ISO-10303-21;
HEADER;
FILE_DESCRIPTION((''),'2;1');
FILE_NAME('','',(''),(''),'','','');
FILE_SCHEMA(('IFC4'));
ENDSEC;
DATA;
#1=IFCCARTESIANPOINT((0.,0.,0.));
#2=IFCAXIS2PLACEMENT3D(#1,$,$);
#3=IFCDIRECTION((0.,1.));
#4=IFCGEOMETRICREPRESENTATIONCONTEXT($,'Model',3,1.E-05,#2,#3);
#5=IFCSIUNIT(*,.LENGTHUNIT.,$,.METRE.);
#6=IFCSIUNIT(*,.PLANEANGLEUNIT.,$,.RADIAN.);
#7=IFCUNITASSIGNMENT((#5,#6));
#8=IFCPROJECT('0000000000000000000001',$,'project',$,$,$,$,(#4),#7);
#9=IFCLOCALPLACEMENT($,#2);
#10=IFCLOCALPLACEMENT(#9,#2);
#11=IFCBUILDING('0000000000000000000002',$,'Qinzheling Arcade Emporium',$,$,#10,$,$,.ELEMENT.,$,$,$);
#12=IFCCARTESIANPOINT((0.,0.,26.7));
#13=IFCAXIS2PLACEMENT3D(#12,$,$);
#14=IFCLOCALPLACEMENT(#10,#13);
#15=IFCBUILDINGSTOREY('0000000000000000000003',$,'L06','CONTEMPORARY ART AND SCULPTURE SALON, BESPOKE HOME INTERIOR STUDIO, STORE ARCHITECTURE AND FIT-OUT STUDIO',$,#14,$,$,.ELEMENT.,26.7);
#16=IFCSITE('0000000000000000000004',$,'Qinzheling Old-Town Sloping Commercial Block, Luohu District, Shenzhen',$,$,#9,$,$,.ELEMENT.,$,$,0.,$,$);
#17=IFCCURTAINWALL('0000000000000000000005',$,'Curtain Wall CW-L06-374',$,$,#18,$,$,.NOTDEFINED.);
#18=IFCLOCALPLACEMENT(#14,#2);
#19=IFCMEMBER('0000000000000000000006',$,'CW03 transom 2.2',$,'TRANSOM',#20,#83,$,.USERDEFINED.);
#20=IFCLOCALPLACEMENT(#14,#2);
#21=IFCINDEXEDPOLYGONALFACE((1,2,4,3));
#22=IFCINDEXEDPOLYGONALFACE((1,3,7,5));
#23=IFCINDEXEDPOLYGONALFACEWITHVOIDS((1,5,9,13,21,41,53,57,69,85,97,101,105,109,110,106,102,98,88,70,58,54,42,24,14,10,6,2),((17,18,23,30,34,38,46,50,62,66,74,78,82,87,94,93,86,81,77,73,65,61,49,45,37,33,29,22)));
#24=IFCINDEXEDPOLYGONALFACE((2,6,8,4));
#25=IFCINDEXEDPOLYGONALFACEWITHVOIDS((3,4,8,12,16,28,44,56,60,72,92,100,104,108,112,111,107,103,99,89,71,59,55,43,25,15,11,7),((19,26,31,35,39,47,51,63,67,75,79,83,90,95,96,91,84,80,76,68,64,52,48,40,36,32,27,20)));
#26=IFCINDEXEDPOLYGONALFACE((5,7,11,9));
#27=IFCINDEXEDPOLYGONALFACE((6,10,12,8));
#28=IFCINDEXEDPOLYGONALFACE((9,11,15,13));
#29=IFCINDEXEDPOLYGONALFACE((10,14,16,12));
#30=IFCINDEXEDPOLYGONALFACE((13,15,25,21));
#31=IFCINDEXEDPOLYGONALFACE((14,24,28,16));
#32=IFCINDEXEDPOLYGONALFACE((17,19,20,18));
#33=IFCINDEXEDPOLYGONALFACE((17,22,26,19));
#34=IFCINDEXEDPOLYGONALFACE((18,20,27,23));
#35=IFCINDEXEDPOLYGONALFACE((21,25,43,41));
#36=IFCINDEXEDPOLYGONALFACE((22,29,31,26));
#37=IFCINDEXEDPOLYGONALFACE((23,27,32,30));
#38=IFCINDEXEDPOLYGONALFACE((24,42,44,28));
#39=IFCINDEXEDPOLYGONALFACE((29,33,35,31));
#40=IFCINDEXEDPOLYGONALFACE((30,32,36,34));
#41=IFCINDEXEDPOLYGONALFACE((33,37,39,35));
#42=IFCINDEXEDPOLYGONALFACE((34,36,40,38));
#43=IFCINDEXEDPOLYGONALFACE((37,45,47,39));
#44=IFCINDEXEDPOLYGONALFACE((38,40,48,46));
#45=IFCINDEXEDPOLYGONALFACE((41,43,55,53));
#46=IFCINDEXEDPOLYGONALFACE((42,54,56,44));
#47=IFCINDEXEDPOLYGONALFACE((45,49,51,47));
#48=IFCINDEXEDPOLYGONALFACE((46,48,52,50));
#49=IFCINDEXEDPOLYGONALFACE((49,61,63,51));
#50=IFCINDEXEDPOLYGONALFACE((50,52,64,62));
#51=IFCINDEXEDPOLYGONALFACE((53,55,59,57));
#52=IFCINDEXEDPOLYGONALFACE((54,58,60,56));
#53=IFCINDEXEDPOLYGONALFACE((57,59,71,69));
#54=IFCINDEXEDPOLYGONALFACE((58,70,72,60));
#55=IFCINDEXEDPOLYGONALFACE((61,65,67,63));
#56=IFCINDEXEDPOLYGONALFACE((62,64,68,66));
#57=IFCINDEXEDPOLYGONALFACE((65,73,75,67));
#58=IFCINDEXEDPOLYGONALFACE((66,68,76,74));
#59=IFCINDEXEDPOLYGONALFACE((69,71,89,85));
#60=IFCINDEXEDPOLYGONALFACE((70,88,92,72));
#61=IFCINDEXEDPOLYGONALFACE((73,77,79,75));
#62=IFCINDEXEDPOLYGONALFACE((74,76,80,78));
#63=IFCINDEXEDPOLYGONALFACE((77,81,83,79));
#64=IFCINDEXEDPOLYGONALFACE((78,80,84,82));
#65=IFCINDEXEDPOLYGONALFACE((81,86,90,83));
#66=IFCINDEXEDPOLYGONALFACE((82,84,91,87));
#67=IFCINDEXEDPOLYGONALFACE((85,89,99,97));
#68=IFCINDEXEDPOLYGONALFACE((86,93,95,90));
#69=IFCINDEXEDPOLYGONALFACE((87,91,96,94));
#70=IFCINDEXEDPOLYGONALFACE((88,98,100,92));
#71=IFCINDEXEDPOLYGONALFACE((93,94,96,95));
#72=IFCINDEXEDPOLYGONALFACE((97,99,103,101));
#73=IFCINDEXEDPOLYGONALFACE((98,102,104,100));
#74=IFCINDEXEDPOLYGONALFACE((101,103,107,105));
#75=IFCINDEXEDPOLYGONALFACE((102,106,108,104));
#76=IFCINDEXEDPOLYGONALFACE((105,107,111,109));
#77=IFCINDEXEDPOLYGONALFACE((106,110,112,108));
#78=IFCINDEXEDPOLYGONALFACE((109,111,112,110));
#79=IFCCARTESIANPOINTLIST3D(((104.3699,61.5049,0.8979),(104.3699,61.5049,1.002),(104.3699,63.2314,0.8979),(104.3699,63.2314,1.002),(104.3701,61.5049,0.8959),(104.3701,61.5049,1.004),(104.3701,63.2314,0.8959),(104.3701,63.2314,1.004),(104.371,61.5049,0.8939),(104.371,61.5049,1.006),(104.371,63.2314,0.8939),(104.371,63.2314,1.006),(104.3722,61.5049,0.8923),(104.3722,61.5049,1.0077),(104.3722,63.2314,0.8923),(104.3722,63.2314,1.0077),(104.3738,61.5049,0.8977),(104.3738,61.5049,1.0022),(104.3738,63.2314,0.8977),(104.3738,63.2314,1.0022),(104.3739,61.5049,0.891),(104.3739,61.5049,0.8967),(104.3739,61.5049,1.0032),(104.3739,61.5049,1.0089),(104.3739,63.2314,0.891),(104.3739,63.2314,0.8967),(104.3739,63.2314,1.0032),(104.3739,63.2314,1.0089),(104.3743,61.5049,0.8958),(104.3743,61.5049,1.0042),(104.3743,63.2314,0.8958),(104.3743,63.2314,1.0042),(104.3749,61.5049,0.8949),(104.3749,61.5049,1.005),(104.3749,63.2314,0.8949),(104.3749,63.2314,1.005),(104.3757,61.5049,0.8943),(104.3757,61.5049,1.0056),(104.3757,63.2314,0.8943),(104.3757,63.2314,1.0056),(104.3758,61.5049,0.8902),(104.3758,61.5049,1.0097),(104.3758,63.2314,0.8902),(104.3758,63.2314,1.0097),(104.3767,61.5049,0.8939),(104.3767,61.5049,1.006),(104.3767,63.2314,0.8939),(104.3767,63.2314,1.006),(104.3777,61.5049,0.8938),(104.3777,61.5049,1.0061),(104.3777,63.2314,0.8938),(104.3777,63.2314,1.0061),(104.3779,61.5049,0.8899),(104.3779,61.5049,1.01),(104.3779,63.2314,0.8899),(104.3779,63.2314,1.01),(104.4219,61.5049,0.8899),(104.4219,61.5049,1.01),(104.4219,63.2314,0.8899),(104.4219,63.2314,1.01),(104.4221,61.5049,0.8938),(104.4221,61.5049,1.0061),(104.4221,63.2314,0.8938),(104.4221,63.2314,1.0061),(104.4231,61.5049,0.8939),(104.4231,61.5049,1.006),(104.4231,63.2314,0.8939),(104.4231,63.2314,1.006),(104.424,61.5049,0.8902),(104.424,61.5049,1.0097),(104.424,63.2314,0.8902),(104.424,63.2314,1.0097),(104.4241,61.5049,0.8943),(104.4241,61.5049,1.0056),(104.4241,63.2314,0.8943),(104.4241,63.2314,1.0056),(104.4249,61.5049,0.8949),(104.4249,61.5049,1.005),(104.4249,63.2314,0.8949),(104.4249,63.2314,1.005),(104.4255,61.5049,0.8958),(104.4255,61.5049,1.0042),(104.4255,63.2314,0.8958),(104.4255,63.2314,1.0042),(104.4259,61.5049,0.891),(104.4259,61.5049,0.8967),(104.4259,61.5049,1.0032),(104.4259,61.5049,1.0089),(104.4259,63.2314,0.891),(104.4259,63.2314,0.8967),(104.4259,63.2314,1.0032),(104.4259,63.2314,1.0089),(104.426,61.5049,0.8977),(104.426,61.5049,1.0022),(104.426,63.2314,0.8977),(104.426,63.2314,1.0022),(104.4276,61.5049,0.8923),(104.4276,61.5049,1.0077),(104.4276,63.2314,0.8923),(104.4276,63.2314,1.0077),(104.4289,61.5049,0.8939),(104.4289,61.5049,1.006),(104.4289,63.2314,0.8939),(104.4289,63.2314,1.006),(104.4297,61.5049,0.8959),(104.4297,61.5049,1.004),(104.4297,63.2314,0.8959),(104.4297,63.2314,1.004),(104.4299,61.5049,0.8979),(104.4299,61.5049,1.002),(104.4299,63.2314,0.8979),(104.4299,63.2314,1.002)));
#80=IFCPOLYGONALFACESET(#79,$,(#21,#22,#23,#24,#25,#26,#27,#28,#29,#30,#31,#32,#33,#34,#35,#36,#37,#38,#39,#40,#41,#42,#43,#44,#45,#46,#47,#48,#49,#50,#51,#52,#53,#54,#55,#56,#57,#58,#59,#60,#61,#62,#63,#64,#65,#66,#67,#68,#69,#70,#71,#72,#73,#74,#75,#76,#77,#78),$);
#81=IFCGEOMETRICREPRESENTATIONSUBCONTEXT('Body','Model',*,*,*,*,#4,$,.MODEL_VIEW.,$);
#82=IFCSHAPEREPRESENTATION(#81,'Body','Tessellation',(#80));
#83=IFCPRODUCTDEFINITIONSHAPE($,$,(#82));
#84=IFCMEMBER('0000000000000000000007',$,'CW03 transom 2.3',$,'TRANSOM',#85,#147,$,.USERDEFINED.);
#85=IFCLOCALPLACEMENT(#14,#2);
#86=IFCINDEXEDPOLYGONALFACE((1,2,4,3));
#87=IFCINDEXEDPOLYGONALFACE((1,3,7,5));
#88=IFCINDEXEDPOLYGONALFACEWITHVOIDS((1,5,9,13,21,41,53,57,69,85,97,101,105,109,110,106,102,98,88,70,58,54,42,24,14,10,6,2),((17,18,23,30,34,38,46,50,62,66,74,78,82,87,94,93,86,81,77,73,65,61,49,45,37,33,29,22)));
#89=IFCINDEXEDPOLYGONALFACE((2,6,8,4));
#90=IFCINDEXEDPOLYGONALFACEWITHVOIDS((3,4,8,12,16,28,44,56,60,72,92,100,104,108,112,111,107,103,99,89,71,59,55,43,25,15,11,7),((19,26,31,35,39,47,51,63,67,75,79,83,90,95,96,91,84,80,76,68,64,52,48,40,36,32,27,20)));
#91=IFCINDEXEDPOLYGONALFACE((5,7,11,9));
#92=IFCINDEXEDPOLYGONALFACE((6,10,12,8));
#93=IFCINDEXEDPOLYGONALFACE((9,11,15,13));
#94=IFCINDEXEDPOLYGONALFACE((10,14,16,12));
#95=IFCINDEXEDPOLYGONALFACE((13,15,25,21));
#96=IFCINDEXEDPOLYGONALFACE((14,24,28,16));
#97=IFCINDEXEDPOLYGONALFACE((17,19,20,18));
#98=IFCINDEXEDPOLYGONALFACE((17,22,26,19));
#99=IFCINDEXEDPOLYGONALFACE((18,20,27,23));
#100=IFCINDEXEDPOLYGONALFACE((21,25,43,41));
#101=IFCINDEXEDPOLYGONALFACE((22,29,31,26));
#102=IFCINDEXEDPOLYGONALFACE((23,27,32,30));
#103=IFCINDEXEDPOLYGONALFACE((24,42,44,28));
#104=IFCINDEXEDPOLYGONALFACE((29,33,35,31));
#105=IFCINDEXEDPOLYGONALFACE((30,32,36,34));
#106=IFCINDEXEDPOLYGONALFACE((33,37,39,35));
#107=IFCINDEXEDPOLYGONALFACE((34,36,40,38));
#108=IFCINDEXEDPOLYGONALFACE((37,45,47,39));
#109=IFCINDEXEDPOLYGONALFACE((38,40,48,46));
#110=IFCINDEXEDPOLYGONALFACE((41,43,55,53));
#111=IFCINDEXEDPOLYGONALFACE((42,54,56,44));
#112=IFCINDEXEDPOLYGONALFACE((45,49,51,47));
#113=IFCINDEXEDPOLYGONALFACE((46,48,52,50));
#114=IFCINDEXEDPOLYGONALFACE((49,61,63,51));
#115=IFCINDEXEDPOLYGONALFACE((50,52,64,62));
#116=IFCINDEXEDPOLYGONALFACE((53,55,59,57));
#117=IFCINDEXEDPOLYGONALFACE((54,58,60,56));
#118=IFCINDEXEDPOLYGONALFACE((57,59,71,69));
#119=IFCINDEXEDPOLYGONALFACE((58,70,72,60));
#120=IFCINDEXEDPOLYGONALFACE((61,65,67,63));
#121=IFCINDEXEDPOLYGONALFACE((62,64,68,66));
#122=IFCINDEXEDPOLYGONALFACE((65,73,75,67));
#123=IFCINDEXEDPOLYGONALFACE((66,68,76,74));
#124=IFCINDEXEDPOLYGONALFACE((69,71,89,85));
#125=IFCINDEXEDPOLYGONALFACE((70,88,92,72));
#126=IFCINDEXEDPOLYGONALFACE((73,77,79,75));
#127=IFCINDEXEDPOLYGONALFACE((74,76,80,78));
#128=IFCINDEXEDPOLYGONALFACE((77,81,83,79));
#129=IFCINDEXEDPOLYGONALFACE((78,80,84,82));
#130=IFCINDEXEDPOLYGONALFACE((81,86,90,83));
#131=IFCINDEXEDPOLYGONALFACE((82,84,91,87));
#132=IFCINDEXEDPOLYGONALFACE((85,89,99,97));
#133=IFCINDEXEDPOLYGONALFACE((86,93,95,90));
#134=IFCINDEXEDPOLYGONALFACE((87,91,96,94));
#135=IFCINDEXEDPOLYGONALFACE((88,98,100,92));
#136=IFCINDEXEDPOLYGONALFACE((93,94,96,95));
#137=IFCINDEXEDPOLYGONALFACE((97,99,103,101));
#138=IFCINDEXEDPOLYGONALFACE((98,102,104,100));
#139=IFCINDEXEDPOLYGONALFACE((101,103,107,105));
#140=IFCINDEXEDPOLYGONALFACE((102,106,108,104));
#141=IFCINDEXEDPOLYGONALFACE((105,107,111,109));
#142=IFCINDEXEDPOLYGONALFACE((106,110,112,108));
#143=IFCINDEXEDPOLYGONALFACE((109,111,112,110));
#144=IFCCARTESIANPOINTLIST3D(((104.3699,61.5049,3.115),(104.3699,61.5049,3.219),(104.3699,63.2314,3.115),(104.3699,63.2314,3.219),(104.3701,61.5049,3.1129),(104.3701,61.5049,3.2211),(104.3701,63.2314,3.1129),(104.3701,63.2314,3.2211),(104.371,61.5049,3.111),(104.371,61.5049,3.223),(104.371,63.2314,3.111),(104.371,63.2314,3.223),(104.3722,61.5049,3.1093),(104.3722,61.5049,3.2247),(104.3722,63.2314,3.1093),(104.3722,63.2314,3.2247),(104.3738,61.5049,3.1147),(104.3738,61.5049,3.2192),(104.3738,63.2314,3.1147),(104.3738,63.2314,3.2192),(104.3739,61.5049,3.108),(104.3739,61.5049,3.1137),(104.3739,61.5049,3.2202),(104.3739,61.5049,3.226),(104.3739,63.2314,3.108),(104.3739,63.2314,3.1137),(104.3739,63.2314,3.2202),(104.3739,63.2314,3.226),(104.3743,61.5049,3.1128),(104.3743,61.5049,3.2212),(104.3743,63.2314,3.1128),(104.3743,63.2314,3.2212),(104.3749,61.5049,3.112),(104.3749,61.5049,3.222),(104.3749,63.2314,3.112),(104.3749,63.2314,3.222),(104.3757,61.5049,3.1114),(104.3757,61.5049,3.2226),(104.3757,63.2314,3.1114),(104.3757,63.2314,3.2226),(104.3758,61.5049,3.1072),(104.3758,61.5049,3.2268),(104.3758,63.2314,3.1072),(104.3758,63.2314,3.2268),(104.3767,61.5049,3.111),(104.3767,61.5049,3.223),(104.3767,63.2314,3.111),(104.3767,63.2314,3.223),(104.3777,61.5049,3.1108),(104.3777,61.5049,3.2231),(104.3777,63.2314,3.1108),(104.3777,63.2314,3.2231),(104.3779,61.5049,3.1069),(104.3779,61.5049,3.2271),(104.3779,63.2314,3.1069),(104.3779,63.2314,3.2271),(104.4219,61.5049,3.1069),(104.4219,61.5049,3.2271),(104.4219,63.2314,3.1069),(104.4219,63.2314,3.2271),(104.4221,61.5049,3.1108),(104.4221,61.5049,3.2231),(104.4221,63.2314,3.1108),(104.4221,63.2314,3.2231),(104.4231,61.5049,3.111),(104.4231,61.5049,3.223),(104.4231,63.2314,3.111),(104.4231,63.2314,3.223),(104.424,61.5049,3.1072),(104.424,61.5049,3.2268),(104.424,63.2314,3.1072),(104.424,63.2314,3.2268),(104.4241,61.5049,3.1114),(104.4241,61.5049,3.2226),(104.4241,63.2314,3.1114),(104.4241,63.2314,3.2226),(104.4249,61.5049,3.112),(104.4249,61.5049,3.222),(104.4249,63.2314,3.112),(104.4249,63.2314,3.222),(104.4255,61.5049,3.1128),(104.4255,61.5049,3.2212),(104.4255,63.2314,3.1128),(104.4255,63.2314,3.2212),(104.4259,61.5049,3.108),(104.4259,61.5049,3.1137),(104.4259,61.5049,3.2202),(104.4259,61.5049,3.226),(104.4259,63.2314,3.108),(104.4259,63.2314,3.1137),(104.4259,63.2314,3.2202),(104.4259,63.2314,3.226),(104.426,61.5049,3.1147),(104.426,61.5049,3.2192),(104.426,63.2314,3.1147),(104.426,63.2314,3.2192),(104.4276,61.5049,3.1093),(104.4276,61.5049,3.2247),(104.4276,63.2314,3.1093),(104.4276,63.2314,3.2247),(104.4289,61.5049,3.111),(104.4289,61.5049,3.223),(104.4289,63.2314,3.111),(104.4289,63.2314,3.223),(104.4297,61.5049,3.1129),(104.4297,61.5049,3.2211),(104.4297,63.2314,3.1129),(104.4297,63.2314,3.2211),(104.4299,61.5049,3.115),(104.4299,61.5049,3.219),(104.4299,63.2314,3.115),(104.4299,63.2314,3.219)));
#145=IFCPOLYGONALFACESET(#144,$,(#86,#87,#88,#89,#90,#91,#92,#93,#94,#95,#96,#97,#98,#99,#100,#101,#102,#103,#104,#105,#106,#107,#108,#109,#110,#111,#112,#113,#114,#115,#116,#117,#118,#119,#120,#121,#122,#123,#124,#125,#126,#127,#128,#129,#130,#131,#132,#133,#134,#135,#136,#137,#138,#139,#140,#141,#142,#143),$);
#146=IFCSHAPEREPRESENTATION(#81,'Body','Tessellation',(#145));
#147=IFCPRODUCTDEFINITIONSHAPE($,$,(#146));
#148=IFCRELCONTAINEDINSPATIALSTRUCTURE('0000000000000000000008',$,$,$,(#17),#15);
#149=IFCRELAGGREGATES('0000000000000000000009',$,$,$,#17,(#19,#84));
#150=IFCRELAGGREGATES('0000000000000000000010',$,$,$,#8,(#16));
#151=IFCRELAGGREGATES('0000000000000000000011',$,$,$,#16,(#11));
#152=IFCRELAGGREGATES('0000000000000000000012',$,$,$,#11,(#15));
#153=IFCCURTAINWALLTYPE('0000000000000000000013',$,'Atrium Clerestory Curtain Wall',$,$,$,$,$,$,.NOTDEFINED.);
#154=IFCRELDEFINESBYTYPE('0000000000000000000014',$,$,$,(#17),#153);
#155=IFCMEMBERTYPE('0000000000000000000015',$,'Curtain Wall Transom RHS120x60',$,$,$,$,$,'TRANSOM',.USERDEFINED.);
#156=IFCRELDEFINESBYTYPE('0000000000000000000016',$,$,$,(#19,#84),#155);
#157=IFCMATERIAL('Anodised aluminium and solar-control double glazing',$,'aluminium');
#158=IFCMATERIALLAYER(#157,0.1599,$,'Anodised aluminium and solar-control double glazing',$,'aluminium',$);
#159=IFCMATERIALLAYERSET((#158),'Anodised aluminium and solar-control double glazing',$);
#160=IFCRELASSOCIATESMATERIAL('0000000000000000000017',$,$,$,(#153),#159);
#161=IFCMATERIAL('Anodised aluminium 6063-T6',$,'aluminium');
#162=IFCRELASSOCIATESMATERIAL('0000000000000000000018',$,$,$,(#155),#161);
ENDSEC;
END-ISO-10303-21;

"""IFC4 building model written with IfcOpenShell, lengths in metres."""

from ifc_helpers import new_model, si_unit, direction, frame, origin, origin_2d, place, context, subcontext, project, spatial, hollow_rectangle, extrude, material, layer, layer_set, material_profile, profile_set, type_object, element, aggregate, save


model = new_model("IFC4")

# Units and contexts
model_context = context("Model", 3, precision=1e-05, world=origin(), true_north=direction((0.0, 1.0)))
body_context = subcontext(model_context, "Body", "Model", "MODEL_VIEW")
ifc_project = project(units=[si_unit("LENGTHUNIT", "METRE"), si_unit("PLANEANGLEUNIT", "RADIAN")], contexts=[model_context])

# Site, building, storey
site_placement = place(None, origin())
site = spatial("IfcSite", under=ifc_project, at=site_placement, Name="Qinzheling Old-Town Sloping Commercial Block, Luohu District, Shenzhen", CompositionType="ELEMENT", RefElevation=0.0)
building_placement = place(site_placement, origin())
building = spatial("IfcBuilding", under=site, at=building_placement, Name="Qinzheling Arcade Emporium", CompositionType="ELEMENT")
storey_placement = place(building_placement, frame((0.0, 0.0, 26.7)))
storey = spatial("IfcBuildingStorey", under=building, at=storey_placement, Name="L06", Description="CONTEMPORARY ART AND SCULPTURE SALON, BESPOKE HOME INTERIOR STUDIO, STORE ARCHITECTURE AND FIT-OUT STUDIO", CompositionType="ELEMENT", Elevation=26.7)

# Shared definitions
ifc_material_1 = material(Name="Anodised aluminium and solar-control double glazing", Category="aluminium")
ifc_layer_1 = layer(ifc_material_1, 0.1599, Name="Anodised aluminium and solar-control double glazing", Category="aluminium")
ifc_layer_set_1 = layer_set([ifc_layer_1], Name="Anodised aluminium and solar-control double glazing")
curtain_wall_type = type_object("IfcCurtainWallType", Name="Atrium Clerestory Curtain Wall", PredefinedType="NOTDEFINED", material=ifc_layer_set_1)
ifc_material_2 = material(Name="Anodised aluminium 6063-T6", Category="aluminium")

# Curtain wall
curtain_wall_1_placement = place(storey_placement, origin())
curtain_wall_1 = element("IfcCurtainWall", 1, at=curtain_wall_1_placement, inside=storey, type_object=curtain_wall_type, Name="Curtain Wall CW-L06-374", PredefinedType="NOTDEFINED")

# Members
ifc_material_profile_1 = material_profile(ifc_material_2, hollow_rectangle(XDim=0.0601, YDim=0.1201, WallThickness=0.0039, InnerFilletRadius=0.0039, OuterFilletRadius=0.0081, at=origin_2d()), Name="RHS 120x60x4", Category="aluminium")
ifc_profile_set_1 = profile_set([ifc_material_profile_1], Name="Anodised aluminium 6063-T6")
member_type_1 = type_object("IfcMemberType", Name="Curtain Wall Transom RHS120x60", ElementType="TRANSOM", PredefinedType="USERDEFINED", material=ifc_profile_set_1)
member_1_placement = place(storey_placement, frame((104.3999, 63.2314, 0.95), z_axis=(0.0, -1.0, 0.0), x_axis=(1.0, 0.0, 0.0)))
member_1 = element("IfcMember", 2, at=member_1_placement, type_object=member_type_1, Name="CW03 transom 2.2", ObjectType="TRANSOM", PredefinedType="USERDEFINED", context=body_context, shape_type="SweptSolid", body=[
    extrude(hollow_rectangle(XDim=0.0601, YDim=0.1201, WallThickness=0.0039, InnerFilletRadius=0.0039, OuterFilletRadius=0.0081, at=origin_2d()), origin(), (0.0, 0.0, 1.0), 1.7266),
])
member_2_placement = place(storey_placement, frame((104.3999, 63.2314, 3.167), z_axis=(0.0, -1.0, 0.0), x_axis=(1.0, 0.0, 0.0)))
member_2 = element("IfcMember", 3, at=member_2_placement, type_object=member_type_1, Name="CW03 transom 2.3", ObjectType="TRANSOM", PredefinedType="USERDEFINED", context=body_context, shape_type="SweptSolid", body=[
    extrude(hollow_rectangle(XDim=0.0601, YDim=0.1201, WallThickness=0.0039, InnerFilletRadius=0.0039, OuterFilletRadius=0.0081, at=origin_2d()), origin(), (0.0, 0.0, 1.0), 1.7266),
])

aggregate(curtain_wall_1, [member_1, member_2])

save(model, "model.ifc")
